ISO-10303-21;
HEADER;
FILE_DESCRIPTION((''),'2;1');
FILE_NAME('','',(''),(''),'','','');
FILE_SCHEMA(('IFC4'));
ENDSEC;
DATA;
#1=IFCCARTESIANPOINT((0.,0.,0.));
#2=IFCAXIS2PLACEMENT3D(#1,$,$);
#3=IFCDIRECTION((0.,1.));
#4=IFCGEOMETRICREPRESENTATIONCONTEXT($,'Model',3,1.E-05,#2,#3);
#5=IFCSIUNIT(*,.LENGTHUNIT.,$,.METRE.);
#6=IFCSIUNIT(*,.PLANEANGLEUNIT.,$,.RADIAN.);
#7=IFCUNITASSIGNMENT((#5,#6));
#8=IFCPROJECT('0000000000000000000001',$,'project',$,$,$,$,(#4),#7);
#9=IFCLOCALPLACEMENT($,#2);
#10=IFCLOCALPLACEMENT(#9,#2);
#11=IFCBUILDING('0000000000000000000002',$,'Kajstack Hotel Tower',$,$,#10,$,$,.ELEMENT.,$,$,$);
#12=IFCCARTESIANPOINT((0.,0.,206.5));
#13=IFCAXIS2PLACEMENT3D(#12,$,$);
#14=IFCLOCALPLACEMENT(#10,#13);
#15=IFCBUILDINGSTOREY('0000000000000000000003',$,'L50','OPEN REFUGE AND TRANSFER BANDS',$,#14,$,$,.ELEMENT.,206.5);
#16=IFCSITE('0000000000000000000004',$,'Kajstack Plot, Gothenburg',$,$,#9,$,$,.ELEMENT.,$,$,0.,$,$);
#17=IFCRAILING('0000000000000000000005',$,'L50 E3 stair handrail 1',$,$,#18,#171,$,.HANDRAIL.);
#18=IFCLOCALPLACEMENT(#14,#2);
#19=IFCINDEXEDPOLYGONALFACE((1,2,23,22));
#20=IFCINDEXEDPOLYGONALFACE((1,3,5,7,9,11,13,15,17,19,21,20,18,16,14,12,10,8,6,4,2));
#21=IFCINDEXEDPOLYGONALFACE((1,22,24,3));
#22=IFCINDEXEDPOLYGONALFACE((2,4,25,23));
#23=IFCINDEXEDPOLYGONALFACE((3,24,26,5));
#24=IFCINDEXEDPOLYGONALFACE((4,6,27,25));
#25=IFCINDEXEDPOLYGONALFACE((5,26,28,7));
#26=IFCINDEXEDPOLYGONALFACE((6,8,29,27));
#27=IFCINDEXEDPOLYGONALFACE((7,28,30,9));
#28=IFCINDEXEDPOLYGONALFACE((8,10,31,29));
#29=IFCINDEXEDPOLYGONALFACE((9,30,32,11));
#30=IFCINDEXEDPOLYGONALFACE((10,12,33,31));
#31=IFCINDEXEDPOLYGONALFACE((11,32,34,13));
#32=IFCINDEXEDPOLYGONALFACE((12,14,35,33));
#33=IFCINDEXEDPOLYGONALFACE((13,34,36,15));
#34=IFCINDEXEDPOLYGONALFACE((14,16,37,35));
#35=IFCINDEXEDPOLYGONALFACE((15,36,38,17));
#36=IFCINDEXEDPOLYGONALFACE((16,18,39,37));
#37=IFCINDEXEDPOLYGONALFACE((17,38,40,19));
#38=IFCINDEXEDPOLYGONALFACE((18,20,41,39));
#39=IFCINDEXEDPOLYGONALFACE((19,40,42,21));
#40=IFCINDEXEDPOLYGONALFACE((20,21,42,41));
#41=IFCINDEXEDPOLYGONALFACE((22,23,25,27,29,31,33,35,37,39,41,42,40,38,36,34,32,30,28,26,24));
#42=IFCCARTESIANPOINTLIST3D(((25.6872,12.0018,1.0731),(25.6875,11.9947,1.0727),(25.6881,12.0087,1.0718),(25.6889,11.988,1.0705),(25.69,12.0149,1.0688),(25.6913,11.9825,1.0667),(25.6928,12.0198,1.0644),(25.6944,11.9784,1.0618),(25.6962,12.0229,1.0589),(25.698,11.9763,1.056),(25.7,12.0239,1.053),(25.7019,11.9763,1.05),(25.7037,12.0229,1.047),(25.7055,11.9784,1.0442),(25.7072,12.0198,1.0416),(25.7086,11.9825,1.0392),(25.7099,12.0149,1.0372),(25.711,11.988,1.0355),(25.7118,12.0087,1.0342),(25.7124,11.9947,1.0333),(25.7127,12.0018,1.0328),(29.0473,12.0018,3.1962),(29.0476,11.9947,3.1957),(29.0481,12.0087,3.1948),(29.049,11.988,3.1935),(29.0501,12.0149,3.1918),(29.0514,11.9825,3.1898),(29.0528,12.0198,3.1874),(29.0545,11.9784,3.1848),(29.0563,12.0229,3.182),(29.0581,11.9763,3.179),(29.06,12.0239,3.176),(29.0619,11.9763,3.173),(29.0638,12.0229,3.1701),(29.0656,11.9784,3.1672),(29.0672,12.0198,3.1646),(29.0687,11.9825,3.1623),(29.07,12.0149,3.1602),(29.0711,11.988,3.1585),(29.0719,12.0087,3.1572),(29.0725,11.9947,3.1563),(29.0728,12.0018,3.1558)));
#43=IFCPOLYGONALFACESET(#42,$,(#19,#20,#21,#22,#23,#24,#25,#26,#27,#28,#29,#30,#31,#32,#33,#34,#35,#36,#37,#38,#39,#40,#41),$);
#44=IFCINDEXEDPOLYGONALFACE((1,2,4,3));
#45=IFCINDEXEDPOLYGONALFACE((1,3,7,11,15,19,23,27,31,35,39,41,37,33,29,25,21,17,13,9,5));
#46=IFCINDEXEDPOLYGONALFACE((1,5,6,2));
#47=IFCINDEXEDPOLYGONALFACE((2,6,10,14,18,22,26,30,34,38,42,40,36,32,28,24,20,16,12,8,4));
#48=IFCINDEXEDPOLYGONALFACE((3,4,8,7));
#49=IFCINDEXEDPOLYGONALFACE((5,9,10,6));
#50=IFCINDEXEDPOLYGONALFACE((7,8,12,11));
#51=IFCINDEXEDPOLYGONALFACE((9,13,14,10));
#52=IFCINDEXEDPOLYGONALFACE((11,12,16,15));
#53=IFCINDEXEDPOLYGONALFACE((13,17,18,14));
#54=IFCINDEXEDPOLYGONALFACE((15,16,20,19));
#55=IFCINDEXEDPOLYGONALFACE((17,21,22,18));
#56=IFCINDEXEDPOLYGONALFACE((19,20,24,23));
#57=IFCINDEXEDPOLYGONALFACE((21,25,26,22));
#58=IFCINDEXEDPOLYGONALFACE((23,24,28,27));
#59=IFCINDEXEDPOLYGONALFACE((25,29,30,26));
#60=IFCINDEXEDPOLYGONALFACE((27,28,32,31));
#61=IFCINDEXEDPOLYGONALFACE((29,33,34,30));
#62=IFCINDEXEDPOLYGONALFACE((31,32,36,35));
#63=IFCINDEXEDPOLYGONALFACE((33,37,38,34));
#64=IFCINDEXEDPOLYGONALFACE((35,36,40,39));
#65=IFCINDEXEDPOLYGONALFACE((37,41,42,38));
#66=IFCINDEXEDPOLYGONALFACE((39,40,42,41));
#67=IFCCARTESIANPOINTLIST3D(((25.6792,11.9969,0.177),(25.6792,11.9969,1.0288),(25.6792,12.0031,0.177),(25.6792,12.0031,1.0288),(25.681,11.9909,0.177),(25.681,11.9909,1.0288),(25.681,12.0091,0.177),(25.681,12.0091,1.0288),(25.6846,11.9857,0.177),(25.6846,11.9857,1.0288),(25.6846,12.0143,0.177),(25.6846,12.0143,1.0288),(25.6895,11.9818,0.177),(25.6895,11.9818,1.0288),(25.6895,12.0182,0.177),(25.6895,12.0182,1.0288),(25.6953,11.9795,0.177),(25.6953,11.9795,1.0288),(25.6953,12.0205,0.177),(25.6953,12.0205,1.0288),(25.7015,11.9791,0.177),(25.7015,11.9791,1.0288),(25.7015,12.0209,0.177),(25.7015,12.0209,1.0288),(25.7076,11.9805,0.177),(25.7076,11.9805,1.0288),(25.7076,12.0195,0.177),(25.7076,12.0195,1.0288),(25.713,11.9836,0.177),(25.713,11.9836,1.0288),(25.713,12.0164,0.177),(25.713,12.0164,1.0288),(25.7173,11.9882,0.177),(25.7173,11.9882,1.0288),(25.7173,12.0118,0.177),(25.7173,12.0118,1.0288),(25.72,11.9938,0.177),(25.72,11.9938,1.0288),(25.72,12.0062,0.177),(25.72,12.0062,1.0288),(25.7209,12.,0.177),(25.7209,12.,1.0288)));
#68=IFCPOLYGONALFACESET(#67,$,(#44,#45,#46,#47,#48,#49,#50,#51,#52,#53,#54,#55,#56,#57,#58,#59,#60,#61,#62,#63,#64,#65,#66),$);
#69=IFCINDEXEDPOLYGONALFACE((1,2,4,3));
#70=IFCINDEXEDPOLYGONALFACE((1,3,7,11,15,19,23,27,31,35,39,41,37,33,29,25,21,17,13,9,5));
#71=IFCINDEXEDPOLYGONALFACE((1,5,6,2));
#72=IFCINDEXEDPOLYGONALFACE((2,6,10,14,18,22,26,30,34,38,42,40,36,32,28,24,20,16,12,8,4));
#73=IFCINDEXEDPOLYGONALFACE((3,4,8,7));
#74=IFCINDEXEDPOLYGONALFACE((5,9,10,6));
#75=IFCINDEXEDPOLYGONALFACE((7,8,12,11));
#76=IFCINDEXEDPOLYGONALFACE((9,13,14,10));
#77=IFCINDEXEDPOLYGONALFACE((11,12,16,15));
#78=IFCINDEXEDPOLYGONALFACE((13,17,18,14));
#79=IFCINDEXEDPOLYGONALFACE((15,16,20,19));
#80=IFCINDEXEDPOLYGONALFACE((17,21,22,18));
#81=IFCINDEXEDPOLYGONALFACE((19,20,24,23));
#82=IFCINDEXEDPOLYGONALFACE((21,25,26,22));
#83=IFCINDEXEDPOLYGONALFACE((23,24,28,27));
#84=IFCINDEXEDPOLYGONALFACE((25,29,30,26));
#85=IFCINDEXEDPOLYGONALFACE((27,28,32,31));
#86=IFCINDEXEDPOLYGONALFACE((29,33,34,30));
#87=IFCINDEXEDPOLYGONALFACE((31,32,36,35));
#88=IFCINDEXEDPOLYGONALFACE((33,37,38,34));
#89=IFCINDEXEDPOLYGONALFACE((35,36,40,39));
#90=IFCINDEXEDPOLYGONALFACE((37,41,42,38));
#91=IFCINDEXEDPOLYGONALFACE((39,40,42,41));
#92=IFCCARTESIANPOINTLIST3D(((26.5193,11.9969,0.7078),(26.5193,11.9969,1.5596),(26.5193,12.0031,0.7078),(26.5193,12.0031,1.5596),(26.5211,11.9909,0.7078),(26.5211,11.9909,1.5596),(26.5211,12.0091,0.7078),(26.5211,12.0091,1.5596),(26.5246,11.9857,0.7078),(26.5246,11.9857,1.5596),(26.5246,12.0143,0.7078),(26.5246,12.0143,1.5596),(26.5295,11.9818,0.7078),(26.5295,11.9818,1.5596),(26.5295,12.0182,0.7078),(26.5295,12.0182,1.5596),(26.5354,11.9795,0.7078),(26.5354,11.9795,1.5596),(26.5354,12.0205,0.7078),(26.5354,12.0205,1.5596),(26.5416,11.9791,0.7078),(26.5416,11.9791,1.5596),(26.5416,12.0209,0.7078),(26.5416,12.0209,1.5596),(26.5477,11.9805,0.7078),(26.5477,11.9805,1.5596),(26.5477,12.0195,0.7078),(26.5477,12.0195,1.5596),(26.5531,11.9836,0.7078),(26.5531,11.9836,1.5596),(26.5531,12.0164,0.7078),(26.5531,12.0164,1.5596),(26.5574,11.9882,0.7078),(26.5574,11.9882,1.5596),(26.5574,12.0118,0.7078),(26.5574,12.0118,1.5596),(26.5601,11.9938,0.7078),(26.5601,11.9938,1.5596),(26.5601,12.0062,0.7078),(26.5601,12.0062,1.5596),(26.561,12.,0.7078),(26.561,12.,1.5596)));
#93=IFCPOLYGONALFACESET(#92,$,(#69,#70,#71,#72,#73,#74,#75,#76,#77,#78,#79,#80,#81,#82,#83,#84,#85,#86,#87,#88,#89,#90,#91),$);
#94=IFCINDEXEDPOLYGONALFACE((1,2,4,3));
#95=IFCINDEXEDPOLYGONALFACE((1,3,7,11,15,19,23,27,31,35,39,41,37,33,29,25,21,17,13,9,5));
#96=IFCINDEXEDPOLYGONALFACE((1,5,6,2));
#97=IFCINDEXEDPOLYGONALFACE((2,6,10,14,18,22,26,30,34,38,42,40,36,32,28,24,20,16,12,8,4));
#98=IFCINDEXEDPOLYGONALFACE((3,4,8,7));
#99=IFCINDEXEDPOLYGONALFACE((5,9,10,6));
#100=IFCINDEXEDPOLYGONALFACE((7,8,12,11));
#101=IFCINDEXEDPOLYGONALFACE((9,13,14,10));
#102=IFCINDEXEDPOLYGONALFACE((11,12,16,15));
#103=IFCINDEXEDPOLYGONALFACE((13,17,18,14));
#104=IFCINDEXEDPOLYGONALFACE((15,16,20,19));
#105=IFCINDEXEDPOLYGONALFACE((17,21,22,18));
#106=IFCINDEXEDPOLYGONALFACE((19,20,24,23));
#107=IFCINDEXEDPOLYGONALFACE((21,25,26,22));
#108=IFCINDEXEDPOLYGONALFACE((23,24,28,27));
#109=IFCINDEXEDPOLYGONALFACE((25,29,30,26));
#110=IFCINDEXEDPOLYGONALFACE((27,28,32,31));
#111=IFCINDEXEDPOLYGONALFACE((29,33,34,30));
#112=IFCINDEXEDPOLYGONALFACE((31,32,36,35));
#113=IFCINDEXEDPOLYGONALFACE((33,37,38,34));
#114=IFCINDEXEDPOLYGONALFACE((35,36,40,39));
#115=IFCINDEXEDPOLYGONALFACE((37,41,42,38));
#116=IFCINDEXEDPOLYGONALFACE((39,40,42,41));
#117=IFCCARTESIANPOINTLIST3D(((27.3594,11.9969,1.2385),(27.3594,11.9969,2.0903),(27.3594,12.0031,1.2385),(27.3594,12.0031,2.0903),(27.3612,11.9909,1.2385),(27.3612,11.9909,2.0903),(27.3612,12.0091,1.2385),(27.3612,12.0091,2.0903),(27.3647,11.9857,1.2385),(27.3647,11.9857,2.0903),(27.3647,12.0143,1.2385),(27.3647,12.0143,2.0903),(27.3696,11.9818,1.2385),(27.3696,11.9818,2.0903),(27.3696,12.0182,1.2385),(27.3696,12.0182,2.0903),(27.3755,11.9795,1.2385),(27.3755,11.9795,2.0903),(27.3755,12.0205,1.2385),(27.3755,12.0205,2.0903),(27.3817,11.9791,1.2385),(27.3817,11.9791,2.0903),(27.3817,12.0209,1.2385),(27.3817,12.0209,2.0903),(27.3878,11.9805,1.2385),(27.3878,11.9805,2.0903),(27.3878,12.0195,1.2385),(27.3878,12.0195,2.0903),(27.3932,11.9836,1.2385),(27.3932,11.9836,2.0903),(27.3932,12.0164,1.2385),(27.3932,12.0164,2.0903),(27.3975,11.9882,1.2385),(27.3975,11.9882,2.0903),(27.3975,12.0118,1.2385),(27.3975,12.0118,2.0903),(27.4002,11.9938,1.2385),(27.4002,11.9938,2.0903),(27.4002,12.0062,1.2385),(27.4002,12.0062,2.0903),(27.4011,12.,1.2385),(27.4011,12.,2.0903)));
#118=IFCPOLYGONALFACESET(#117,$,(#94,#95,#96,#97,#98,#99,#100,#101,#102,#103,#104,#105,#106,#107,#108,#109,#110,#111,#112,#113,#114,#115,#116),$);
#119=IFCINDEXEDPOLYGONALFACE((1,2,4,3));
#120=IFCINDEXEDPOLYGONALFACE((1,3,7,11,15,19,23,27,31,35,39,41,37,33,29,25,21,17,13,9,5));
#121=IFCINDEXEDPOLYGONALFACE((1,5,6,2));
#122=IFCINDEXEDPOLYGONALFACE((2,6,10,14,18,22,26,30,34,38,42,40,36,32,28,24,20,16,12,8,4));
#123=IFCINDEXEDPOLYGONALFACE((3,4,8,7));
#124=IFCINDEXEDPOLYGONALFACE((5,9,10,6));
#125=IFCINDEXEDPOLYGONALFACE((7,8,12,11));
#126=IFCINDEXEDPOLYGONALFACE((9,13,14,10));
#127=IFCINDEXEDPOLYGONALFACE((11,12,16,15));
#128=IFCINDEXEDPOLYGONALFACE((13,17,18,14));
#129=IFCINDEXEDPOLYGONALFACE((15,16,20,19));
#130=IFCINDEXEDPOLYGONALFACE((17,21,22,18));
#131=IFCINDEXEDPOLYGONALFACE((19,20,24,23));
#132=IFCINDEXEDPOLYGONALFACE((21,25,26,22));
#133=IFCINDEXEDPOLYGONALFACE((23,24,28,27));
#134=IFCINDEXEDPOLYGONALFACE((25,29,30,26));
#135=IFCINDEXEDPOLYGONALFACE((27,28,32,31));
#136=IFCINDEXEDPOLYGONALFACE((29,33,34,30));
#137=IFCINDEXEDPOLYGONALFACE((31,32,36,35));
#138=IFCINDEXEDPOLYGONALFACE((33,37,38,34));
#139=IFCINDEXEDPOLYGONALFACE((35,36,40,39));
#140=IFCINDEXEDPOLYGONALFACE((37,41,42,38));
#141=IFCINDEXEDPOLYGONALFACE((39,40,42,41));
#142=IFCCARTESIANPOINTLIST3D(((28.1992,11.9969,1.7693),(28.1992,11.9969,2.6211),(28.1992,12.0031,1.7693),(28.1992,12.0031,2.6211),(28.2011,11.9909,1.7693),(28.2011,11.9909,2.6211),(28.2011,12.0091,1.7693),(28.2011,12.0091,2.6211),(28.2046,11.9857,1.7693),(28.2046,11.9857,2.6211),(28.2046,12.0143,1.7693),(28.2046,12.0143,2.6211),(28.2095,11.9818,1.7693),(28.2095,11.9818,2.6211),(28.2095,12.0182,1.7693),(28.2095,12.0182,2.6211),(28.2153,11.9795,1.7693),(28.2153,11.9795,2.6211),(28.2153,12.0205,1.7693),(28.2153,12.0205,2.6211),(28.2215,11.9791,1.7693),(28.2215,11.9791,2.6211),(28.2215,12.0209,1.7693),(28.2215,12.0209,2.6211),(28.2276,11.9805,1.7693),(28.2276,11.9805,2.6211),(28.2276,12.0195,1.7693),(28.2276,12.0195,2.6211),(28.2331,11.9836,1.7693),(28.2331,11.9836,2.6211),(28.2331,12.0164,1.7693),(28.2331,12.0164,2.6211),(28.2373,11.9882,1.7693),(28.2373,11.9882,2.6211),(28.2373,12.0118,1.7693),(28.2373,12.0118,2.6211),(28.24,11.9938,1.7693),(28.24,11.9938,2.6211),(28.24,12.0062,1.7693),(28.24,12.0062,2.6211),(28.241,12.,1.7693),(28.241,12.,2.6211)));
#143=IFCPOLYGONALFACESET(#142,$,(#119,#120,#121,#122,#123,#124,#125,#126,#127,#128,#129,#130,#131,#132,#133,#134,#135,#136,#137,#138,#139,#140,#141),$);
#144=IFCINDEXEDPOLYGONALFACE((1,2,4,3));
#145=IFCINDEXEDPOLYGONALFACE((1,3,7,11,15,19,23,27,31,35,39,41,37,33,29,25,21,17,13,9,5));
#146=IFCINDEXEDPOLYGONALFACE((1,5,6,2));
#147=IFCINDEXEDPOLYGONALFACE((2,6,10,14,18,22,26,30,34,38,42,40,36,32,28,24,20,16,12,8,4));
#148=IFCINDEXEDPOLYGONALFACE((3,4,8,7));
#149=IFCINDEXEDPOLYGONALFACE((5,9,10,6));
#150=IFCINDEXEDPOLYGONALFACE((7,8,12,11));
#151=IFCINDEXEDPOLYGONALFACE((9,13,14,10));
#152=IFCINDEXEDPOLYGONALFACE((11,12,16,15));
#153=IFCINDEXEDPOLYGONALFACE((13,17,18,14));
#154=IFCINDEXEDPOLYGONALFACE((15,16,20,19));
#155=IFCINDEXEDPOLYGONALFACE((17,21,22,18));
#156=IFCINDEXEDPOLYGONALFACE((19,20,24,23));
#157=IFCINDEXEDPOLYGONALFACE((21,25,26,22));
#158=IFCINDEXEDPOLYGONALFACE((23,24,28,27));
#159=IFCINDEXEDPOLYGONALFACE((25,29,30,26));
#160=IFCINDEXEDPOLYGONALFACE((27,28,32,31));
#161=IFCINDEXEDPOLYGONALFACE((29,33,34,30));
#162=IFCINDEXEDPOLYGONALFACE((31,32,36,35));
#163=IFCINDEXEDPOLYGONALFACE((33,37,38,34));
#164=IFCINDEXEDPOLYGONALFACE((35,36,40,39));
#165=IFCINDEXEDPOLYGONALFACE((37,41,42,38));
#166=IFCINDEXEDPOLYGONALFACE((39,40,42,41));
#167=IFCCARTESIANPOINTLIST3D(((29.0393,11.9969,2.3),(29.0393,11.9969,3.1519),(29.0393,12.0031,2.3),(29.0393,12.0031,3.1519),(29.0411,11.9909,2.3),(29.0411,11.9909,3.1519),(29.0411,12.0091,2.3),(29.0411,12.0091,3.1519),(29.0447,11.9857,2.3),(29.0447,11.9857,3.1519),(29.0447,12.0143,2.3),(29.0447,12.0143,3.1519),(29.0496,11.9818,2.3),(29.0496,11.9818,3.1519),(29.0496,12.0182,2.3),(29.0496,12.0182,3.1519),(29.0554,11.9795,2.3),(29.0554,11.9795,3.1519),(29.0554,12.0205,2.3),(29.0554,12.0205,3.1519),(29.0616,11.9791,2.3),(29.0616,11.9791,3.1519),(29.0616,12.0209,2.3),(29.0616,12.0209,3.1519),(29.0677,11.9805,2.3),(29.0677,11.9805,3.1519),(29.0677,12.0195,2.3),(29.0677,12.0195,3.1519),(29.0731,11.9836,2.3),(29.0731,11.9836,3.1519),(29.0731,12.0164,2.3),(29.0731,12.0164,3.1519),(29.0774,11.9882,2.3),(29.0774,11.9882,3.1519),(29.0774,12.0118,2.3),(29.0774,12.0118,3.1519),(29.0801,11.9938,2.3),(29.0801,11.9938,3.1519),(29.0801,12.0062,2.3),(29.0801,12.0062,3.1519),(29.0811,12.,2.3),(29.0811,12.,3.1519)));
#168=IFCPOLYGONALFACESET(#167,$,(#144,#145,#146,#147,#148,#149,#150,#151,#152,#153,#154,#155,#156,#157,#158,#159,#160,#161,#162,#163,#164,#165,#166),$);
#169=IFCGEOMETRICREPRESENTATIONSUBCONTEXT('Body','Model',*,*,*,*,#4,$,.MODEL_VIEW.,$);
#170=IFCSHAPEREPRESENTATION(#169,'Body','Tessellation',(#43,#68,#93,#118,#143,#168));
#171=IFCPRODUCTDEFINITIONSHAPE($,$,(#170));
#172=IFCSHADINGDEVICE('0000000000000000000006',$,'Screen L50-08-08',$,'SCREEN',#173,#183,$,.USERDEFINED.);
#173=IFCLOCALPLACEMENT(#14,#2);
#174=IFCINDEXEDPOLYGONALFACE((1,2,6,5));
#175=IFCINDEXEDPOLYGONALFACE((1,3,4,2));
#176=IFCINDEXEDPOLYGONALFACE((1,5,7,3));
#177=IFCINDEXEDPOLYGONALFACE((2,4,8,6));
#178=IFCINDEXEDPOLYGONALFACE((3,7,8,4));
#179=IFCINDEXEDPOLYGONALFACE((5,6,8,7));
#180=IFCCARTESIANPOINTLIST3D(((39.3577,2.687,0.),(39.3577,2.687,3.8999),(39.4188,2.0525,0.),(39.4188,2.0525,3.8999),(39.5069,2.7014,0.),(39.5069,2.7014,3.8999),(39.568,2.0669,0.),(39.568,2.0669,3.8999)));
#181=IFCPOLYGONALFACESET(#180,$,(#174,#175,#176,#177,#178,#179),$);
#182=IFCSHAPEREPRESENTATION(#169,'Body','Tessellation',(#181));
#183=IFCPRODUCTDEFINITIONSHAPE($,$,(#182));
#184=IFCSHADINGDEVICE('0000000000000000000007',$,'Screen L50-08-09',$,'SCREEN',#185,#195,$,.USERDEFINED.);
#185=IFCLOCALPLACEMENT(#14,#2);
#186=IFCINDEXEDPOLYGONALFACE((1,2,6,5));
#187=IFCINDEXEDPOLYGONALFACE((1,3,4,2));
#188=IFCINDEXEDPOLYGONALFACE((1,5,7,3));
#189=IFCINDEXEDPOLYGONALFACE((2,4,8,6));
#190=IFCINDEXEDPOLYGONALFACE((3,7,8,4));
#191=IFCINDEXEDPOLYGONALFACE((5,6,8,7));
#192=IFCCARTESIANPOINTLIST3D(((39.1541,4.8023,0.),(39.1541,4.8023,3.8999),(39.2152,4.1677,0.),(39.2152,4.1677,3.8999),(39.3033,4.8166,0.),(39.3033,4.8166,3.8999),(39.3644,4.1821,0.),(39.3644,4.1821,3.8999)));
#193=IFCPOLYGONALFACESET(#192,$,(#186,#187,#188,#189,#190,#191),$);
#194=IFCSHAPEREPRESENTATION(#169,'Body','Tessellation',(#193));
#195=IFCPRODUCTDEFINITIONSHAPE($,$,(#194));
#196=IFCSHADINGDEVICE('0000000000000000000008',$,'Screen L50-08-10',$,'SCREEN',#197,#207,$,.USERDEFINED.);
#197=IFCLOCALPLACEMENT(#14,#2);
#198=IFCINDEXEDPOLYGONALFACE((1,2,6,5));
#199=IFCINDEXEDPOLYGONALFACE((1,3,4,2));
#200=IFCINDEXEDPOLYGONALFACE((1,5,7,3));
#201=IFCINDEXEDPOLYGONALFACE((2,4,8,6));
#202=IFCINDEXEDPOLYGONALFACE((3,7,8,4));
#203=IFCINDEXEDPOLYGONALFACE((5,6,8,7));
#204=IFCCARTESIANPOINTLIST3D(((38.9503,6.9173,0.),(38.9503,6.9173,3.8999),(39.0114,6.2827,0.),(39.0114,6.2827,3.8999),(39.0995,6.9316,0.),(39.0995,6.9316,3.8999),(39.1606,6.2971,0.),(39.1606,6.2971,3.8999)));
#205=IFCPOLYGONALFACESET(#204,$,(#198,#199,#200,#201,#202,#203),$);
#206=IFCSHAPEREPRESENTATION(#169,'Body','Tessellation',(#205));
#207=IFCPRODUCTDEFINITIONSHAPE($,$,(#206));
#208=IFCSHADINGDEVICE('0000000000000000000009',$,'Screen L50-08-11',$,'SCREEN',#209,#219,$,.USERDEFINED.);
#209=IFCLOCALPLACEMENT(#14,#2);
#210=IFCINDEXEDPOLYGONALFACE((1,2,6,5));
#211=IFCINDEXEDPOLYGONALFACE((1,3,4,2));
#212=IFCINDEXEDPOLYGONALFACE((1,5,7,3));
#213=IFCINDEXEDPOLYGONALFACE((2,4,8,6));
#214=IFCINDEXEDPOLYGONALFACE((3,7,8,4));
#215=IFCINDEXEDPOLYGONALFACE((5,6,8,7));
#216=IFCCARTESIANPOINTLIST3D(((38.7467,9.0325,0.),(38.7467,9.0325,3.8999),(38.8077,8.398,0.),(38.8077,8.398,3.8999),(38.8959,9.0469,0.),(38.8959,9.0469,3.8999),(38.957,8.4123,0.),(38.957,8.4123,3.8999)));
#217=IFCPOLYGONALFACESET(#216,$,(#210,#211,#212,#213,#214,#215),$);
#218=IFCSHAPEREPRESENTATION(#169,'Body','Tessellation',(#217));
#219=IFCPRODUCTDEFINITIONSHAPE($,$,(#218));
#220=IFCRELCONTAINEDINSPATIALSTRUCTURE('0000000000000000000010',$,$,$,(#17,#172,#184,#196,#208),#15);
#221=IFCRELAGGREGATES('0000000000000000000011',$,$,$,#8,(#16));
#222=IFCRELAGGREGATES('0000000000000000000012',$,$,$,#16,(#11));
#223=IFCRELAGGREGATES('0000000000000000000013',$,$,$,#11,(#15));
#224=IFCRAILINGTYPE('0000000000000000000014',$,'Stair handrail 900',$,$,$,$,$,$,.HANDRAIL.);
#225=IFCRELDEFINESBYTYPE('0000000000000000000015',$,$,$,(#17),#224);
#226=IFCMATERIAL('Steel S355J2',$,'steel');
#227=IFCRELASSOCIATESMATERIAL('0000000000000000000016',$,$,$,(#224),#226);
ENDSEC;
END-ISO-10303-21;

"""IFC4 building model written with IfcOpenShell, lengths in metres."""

from ifc_helpers import new_model, si_unit, direction, frame, origin, origin_2d, place, context, subcontext, project, spatial, rectangle, circle, extrude, material, type_object, element, save


model = new_model("IFC4")

# Units and contexts
model_context = context("Model", 3, precision=1e-05, world=origin(), true_north=direction((0.0, 1.0)))
body_context = subcontext(model_context, "Body", "Model", "MODEL_VIEW")
ifc_project = project(units=[si_unit("LENGTHUNIT", "METRE"), si_unit("PLANEANGLEUNIT", "RADIAN")], contexts=[model_context])

# Site, building, storey
site_placement = place(None, origin())
site = spatial("IfcSite", under=ifc_project, at=site_placement, Name="Kajstack Plot, Gothenburg", CompositionType="ELEMENT", RefElevation=0.0)
building_placement = place(site_placement, origin())
building = spatial("IfcBuilding", under=site, at=building_placement, Name="Kajstack Hotel Tower", CompositionType="ELEMENT")
storey_placement = place(building_placement, frame((0.0, 0.0, 206.5)))
storey = spatial("IfcBuildingStorey", under=building, at=storey_placement, Name="L50", Description="OPEN REFUGE AND TRANSFER BANDS", CompositionType="ELEMENT", Elevation=206.5)

# Railing
ifc_material_1 = material(Name="Steel S355J2", Category="steel")
railing_type_1 = type_object("IfcRailingType", Name="Stair handrail 900", PredefinedType="HANDRAIL", material=ifc_material_1)
railing_1_placement = place(storey_placement, frame((25.7, 12.0, 0.177)))
element("IfcRailing", 1, at=railing_1_placement, inside=storey, type_object=railing_type_1, Name="L50 E3 stair handrail 1", PredefinedType="HANDRAIL", context=body_context, shape_type="SweptSolid", body=[
    extrude(circle(Radius=0.0239, at=origin_2d()), frame((0.0, 0.0, 0.876), z_axis=(0.84539, 0.0, 0.53415), x_axis=(0.0, 1.0, 0.0)), (0.0, 0.0, 1.0), 3.9746),
    extrude(circle(Radius=0.021, at=origin_2d()), origin(), (0.0, 0.0, 1.0), 0.8518),
    extrude(circle(Radius=0.021, at=origin_2d()), frame((0.8401, 0.0, 0.5308)), (0.0, 0.0, 1.0), 0.8518),
    extrude(circle(Radius=0.021, at=origin_2d()), frame((1.6802, 0.0, 1.0615)), (0.0, 0.0, 1.0), 0.8518),
    extrude(circle(Radius=0.021, at=origin_2d()), frame((2.52, 0.0, 1.5923)), (0.0, 0.0, 1.0), 0.8518),
    extrude(circle(Radius=0.021, at=origin_2d()), frame((3.3601, 0.0, 2.123)), (0.0, 0.0, 1.0), 0.8518),
])

# Shading devices
for number, where, z_axis, x_axis, name in (
    (2, (39.4629, 2.377, 0.0), (0.0, 0.0, 1.0), (-0.095844, 0.995396, 0.0), "Screen L50-08-08"),
    (3, (39.2593, 4.4922, 0.0), (0.0, 0.0, 1.0), (-0.095844, 0.995396, 0.0), "Screen L50-08-09"),
    (4, (39.0554, 6.6072, 0.0), (0.0, 0.0, 1.0), (-0.095844, 0.995396, 0.0), "Screen L50-08-10"),
    (5, (38.8518, 8.7224, 0.0), (0.0, 0.0, 1.0), (-0.095844, 0.995396, 0.0), "Screen L50-08-11"),
):
    element("IfcShadingDevice", number, at=place(storey_placement, frame(where, z_axis=z_axis, x_axis=x_axis)), inside=storey, Name=name, ObjectType="SCREEN", PredefinedType="USERDEFINED", context=body_context, shape_type="SweptSolid", body=[
        extrude(rectangle(XDim=0.6375, YDim=0.1499, at=origin_2d()), origin(), (0.0, 0.0, 1.0), 3.8999),
    ])

save(model, "model.ifc")
